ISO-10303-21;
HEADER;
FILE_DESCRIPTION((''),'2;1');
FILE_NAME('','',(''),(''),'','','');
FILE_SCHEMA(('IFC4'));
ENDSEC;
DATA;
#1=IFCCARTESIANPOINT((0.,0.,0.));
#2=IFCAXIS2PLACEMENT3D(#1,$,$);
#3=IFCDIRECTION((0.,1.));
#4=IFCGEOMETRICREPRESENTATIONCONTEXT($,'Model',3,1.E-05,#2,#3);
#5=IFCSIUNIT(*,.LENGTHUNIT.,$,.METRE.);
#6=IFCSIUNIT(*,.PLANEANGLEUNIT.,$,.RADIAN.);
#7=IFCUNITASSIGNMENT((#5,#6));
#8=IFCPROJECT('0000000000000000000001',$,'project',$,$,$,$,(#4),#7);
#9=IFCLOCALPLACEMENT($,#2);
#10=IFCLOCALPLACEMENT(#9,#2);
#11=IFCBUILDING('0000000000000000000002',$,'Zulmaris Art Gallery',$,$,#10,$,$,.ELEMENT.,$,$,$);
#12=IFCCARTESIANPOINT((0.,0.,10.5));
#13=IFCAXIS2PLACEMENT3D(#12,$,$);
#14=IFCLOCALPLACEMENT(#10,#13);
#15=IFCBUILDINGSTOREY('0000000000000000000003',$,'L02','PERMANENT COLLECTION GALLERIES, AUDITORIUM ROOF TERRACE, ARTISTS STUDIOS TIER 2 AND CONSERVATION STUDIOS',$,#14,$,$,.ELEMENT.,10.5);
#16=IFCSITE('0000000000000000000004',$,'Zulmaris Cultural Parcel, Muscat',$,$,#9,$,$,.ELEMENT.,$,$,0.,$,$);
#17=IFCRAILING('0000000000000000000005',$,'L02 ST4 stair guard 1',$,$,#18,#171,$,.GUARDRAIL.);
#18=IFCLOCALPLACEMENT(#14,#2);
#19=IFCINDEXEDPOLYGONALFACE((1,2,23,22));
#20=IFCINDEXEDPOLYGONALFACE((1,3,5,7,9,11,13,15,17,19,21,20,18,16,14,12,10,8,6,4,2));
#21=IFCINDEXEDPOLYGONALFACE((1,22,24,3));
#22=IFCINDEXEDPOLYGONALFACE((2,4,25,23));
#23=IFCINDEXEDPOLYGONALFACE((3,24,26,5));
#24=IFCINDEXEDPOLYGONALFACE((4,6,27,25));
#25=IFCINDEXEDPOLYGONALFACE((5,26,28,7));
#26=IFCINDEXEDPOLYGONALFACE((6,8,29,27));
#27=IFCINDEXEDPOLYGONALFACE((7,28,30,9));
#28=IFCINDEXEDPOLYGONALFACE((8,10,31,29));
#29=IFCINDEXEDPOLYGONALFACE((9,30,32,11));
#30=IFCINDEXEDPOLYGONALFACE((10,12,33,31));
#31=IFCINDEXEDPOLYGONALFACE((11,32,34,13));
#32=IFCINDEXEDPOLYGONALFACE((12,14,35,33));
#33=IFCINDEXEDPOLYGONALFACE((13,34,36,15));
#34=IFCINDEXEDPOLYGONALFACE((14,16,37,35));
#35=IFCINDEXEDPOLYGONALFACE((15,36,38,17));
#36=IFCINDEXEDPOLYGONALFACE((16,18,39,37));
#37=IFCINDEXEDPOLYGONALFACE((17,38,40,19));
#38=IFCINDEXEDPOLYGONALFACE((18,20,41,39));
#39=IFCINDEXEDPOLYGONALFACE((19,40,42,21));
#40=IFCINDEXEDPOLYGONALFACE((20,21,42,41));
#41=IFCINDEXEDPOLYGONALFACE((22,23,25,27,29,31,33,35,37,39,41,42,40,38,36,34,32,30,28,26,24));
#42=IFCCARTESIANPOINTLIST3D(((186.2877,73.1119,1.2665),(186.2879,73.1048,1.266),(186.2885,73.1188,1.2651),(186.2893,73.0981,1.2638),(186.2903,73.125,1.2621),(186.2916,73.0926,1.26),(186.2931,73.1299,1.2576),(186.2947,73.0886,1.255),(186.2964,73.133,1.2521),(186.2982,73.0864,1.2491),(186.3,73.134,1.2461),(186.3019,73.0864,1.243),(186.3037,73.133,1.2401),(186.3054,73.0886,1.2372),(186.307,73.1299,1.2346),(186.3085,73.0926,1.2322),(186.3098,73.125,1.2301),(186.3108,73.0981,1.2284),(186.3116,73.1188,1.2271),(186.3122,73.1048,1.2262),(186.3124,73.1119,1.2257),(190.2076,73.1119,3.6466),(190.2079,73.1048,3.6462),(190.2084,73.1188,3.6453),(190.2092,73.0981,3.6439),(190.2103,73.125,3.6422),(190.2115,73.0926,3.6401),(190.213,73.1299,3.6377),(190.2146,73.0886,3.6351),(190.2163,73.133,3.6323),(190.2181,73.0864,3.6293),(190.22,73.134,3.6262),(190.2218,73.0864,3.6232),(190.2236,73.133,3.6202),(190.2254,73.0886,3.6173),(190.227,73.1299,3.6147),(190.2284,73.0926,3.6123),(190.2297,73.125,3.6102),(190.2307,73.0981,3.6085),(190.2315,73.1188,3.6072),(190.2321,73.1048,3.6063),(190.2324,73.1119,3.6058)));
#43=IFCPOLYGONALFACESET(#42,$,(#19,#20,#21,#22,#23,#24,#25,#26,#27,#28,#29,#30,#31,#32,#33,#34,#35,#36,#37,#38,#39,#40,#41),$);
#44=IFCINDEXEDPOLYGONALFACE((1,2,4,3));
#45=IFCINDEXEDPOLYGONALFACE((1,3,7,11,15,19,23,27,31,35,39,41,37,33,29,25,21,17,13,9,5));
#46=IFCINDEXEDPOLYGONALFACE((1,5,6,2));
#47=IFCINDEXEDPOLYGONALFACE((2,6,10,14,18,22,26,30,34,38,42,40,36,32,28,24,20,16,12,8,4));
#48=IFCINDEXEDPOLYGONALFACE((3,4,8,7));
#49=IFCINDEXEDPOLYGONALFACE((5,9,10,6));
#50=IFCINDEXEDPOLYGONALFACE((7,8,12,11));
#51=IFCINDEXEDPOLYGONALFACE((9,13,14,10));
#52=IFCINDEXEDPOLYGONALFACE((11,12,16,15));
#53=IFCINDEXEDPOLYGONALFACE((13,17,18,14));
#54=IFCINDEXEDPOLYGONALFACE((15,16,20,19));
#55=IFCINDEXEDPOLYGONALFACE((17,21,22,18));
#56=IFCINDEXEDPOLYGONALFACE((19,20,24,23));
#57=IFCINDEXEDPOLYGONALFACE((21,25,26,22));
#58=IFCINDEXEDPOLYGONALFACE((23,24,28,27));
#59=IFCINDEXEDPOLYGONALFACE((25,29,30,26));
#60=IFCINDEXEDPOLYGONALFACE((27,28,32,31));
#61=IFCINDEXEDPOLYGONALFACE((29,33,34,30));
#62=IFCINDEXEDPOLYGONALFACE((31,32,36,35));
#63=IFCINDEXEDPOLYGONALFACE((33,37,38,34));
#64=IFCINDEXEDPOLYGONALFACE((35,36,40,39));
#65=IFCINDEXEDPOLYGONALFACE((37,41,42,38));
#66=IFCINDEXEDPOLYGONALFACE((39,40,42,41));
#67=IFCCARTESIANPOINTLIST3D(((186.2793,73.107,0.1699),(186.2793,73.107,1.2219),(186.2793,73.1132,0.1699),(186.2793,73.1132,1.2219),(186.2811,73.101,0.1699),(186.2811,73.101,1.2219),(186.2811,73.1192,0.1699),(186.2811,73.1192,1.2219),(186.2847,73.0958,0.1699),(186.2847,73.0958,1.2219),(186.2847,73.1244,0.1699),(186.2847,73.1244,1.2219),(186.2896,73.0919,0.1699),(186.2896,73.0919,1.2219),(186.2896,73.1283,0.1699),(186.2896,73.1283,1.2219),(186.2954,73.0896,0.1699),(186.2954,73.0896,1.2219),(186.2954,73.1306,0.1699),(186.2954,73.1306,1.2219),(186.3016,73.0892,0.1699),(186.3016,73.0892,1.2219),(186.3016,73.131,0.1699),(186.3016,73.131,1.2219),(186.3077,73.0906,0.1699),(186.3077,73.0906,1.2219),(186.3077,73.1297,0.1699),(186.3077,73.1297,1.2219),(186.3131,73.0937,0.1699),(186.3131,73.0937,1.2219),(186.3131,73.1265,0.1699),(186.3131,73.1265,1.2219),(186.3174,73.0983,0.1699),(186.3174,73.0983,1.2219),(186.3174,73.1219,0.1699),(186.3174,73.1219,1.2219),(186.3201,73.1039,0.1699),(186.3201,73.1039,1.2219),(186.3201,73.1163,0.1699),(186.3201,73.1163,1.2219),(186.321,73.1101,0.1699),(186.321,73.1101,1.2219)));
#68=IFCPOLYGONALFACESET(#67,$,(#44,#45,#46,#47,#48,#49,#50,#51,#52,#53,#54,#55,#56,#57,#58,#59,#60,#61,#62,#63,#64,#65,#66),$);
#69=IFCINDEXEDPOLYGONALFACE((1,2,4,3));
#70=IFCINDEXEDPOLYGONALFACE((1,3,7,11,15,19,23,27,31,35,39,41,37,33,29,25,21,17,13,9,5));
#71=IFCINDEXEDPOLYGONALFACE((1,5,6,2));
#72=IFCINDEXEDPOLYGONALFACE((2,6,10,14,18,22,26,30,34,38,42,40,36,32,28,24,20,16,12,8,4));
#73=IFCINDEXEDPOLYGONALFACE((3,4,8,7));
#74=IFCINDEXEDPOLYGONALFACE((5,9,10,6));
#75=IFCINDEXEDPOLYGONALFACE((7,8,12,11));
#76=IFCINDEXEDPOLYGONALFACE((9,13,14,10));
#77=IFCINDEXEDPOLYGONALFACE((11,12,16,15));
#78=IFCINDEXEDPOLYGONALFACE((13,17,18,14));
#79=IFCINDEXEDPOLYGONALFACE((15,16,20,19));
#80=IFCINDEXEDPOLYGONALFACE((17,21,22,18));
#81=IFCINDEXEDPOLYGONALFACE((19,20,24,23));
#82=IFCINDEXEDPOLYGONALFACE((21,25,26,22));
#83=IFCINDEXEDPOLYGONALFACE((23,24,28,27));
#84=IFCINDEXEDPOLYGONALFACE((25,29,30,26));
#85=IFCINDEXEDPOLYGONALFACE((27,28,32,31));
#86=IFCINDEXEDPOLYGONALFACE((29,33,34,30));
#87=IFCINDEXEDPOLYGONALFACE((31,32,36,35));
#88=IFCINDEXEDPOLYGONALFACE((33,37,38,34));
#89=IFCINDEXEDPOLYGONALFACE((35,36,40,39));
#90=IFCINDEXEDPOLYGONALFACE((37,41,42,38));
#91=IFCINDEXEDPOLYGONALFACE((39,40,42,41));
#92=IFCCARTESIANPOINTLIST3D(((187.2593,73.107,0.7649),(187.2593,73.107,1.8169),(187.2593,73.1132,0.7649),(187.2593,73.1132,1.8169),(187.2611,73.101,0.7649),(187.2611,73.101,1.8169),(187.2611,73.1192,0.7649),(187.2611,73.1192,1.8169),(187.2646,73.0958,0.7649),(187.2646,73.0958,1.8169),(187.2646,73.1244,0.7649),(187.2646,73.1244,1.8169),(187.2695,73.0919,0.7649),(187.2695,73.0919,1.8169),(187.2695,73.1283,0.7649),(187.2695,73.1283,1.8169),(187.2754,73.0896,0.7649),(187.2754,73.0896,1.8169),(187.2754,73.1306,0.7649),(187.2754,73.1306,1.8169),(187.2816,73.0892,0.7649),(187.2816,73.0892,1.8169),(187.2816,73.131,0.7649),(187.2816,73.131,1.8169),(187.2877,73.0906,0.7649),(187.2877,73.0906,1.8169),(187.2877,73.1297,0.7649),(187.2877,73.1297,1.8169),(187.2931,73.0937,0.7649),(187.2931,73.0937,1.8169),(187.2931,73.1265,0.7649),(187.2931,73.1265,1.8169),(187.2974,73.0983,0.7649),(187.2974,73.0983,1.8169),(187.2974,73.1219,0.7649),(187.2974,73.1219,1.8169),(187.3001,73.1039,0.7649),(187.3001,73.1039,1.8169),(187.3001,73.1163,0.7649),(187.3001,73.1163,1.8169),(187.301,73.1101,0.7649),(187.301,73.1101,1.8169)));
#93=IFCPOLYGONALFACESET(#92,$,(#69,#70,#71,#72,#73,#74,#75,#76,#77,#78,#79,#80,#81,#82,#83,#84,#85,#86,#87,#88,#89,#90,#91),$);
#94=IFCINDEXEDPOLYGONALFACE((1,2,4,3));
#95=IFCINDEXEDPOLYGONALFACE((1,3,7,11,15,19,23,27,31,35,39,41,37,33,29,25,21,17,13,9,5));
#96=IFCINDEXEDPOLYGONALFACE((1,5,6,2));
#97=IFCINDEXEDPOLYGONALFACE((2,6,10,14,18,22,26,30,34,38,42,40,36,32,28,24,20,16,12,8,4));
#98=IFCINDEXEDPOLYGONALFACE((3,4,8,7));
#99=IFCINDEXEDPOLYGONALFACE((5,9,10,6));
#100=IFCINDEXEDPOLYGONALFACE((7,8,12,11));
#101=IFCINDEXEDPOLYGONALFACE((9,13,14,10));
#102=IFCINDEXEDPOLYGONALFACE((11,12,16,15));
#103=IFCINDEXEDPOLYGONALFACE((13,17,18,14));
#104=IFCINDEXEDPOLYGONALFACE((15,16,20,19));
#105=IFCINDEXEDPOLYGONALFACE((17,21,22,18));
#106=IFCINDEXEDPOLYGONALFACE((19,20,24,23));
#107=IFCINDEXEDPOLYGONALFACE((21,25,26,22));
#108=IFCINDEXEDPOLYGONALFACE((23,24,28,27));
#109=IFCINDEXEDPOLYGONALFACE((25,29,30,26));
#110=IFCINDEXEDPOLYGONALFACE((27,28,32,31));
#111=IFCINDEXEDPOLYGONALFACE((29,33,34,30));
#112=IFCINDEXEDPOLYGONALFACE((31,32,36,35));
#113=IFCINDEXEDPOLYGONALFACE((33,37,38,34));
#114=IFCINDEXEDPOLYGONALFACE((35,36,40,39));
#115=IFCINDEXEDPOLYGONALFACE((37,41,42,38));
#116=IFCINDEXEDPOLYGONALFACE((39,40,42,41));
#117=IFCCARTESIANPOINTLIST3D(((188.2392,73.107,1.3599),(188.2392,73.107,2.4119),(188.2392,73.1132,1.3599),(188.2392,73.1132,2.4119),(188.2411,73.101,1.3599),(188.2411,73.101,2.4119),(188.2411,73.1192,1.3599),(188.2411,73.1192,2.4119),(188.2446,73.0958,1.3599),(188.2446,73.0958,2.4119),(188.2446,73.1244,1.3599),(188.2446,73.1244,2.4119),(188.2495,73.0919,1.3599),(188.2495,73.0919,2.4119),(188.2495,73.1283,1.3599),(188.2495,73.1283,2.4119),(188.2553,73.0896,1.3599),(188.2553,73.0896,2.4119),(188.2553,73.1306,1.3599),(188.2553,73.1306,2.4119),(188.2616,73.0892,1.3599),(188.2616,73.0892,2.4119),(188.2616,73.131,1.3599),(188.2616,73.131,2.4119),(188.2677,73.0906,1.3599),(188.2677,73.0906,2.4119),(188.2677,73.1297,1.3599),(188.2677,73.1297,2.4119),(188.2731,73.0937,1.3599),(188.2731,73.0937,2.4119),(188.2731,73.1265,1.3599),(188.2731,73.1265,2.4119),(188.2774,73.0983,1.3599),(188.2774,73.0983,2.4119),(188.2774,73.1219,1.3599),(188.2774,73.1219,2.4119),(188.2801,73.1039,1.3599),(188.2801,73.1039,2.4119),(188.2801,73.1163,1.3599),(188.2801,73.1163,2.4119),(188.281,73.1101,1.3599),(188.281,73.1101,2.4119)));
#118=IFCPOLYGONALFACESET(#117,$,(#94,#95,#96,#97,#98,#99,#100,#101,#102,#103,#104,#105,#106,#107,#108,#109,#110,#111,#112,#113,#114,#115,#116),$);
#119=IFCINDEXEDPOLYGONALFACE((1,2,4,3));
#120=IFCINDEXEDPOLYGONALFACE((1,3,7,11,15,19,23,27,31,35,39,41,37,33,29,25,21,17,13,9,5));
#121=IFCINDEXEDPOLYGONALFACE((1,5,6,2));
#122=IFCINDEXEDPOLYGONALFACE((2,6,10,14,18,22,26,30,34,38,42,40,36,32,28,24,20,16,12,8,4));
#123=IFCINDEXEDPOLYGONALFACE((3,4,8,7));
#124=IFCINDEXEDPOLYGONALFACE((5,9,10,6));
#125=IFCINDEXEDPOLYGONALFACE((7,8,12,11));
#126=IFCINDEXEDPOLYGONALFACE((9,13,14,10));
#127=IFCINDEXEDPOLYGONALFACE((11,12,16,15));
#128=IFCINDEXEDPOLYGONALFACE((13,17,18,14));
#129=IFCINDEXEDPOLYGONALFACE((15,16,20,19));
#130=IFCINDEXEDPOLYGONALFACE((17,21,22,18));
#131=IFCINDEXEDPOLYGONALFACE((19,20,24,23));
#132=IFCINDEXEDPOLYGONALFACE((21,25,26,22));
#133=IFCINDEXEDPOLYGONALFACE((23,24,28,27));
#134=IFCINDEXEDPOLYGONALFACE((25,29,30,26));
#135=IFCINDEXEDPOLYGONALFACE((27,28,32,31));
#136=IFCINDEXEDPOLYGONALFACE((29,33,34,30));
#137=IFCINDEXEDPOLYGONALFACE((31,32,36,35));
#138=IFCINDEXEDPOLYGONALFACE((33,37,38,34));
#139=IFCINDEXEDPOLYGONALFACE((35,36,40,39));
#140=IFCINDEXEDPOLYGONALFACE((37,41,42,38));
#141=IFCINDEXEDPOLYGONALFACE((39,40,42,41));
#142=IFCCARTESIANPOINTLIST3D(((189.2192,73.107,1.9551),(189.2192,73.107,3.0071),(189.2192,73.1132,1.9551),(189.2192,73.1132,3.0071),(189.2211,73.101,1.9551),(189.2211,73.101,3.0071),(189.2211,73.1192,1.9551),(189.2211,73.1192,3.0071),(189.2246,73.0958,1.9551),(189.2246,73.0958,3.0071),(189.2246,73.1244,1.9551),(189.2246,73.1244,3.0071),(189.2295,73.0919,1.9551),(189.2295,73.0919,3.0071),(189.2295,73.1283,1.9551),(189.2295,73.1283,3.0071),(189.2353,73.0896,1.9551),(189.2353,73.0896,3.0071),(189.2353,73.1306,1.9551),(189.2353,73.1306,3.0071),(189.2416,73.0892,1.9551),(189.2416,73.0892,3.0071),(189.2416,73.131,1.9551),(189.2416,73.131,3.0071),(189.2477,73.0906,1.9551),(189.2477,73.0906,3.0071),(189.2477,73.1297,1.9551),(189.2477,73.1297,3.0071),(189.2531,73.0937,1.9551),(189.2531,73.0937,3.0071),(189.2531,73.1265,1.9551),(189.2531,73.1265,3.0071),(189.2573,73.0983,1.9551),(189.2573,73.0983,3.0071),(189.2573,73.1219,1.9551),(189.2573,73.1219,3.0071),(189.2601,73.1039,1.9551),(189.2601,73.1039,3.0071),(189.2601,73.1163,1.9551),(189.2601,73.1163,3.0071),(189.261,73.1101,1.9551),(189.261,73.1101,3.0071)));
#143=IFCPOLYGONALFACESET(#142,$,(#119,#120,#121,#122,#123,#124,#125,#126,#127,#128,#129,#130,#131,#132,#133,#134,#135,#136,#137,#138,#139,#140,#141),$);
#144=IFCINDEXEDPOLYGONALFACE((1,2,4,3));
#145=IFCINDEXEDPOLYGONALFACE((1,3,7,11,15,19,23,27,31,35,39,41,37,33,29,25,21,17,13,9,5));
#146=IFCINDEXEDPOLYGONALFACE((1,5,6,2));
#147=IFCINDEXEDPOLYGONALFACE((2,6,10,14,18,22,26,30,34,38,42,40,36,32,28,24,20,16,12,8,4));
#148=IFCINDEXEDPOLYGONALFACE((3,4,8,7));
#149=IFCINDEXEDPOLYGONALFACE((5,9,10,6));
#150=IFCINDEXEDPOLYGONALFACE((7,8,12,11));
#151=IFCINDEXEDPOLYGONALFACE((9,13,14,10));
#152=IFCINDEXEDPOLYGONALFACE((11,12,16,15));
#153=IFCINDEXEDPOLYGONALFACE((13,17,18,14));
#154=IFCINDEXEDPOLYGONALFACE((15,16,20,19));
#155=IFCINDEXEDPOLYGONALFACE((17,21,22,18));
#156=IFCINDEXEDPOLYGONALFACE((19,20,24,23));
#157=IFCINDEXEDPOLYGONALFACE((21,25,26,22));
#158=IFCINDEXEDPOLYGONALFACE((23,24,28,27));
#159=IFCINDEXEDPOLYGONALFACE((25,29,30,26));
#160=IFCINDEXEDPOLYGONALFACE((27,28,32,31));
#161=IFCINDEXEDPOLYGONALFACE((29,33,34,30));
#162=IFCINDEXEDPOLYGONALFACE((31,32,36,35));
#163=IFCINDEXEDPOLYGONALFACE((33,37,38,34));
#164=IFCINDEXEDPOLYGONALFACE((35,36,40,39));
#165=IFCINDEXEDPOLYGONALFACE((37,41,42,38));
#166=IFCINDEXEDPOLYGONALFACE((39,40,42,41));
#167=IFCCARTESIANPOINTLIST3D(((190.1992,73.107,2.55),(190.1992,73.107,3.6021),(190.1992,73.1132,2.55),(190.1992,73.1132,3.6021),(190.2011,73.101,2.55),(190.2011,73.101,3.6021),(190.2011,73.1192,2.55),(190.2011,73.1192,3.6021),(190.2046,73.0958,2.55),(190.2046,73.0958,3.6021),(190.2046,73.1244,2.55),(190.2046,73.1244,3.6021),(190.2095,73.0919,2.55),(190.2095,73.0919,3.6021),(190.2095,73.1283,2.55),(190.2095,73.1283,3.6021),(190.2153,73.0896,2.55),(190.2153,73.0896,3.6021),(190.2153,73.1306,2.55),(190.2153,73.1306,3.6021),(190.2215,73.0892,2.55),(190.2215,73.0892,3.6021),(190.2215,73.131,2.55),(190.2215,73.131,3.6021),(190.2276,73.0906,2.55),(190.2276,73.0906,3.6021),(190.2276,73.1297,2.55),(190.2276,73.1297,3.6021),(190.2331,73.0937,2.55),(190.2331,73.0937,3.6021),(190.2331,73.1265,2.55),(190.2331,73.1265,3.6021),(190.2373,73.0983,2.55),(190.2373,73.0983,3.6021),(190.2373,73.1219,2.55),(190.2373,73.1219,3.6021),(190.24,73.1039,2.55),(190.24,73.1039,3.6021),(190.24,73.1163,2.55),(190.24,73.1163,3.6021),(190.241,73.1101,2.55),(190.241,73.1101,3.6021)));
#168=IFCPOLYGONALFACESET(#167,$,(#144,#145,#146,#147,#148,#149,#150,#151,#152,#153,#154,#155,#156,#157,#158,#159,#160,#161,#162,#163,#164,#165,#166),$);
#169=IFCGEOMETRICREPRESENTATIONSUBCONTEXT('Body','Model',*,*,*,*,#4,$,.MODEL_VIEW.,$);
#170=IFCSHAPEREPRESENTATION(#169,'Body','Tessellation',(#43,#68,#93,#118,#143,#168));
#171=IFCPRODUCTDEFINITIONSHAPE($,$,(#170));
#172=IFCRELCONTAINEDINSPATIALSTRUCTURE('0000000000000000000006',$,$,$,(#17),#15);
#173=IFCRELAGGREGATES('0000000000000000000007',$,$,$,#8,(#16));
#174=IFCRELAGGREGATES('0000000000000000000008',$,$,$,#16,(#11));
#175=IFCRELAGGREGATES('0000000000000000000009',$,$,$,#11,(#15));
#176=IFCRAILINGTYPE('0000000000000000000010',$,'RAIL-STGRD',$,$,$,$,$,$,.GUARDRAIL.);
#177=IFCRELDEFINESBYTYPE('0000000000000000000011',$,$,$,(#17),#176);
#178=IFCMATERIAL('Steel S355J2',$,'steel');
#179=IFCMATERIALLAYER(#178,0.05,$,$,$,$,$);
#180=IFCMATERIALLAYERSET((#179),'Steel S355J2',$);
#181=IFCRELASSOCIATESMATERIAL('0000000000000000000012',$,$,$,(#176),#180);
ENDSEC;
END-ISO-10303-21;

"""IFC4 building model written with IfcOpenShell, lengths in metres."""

from ifc_helpers import new_model, si_unit, direction, frame, origin, origin_2d, place, context, subcontext, project, spatial, circle, extrude, material, layer, layer_set, type_object, element, save


model = new_model("IFC4")

# Units and contexts
model_context = context("Model", 3, precision=1e-05, world=origin(), true_north=direction((0.0, 1.0)))
body_context = subcontext(model_context, "Body", "Model", "MODEL_VIEW")
ifc_project = project(units=[si_unit("LENGTHUNIT", "METRE"), si_unit("PLANEANGLEUNIT", "RADIAN")], contexts=[model_context])

# Site, building, storey
site_placement = place(None, origin())
site = spatial("IfcSite", under=ifc_project, at=site_placement, Name="Zulmaris Cultural Parcel, Muscat", CompositionType="ELEMENT", RefElevation=0.0)
building_placement = place(site_placement, origin())
building = spatial("IfcBuilding", under=site, at=building_placement, Name="Zulmaris Art Gallery", CompositionType="ELEMENT")
storey_placement = place(building_placement, frame((0.0, 0.0, 10.5)))
storey = spatial("IfcBuildingStorey", under=building, at=storey_placement, Name="L02", Description="PERMANENT COLLECTION GALLERIES, AUDITORIUM ROOF TERRACE, ARTISTS STUDIOS TIER 2 AND CONSERVATION STUDIOS", CompositionType="ELEMENT", Elevation=10.5)

# Shared definitions
ifc_material_1 = material(Name="Steel S355J2", Category="steel")

# Railing
ifc_layer_1 = layer(ifc_material_1, 0.05)
ifc_layer_set_1 = layer_set([ifc_layer_1], Name="Steel S355J2")
railing_type_1 = type_object("IfcRailingType", Name="RAIL-STGRD", PredefinedType="GUARDRAIL", material=ifc_layer_set_1)
railing_1_placement = place(storey_placement, frame((186.3, 73.1101, 0.1699)))
element("IfcRailing", 1, at=railing_1_placement, inside=storey, type_object=railing_type_1, Name="L02 ST4 stair guard 1", PredefinedType="GUARDRAIL", context=body_context, shape_type="SweptSolid", body=[
    extrude(circle(Radius=0.0239, at=origin_2d()), frame((0.0, 0.0, 1.0762), z_axis=(0.854771, 0.0, 0.519006), x_axis=(0.0, 1.0, 0.0)), (0.0, 0.0, 1.0), 4.5859),
    extrude(circle(Radius=0.021, at=origin_2d()), origin(), (0.0, 0.0, 1.0), 1.052),
    extrude(circle(Radius=0.021, at=origin_2d()), frame((0.98, 0.0, 0.595)), (0.0, 0.0, 1.0), 1.052),
    extrude(circle(Radius=0.021, at=origin_2d()), frame((1.96, 0.0, 1.1899)), (0.0, 0.0, 1.0), 1.052),
    extrude(circle(Radius=0.021, at=origin_2d()), frame((2.9399, 0.0, 1.7852)), (0.0, 0.0, 1.0), 1.052),
    extrude(circle(Radius=0.021, at=origin_2d()), frame((3.9199, 0.0, 2.3801)), (0.0, 0.0, 1.0), 1.052),
])

save(model, "model.ifc")
